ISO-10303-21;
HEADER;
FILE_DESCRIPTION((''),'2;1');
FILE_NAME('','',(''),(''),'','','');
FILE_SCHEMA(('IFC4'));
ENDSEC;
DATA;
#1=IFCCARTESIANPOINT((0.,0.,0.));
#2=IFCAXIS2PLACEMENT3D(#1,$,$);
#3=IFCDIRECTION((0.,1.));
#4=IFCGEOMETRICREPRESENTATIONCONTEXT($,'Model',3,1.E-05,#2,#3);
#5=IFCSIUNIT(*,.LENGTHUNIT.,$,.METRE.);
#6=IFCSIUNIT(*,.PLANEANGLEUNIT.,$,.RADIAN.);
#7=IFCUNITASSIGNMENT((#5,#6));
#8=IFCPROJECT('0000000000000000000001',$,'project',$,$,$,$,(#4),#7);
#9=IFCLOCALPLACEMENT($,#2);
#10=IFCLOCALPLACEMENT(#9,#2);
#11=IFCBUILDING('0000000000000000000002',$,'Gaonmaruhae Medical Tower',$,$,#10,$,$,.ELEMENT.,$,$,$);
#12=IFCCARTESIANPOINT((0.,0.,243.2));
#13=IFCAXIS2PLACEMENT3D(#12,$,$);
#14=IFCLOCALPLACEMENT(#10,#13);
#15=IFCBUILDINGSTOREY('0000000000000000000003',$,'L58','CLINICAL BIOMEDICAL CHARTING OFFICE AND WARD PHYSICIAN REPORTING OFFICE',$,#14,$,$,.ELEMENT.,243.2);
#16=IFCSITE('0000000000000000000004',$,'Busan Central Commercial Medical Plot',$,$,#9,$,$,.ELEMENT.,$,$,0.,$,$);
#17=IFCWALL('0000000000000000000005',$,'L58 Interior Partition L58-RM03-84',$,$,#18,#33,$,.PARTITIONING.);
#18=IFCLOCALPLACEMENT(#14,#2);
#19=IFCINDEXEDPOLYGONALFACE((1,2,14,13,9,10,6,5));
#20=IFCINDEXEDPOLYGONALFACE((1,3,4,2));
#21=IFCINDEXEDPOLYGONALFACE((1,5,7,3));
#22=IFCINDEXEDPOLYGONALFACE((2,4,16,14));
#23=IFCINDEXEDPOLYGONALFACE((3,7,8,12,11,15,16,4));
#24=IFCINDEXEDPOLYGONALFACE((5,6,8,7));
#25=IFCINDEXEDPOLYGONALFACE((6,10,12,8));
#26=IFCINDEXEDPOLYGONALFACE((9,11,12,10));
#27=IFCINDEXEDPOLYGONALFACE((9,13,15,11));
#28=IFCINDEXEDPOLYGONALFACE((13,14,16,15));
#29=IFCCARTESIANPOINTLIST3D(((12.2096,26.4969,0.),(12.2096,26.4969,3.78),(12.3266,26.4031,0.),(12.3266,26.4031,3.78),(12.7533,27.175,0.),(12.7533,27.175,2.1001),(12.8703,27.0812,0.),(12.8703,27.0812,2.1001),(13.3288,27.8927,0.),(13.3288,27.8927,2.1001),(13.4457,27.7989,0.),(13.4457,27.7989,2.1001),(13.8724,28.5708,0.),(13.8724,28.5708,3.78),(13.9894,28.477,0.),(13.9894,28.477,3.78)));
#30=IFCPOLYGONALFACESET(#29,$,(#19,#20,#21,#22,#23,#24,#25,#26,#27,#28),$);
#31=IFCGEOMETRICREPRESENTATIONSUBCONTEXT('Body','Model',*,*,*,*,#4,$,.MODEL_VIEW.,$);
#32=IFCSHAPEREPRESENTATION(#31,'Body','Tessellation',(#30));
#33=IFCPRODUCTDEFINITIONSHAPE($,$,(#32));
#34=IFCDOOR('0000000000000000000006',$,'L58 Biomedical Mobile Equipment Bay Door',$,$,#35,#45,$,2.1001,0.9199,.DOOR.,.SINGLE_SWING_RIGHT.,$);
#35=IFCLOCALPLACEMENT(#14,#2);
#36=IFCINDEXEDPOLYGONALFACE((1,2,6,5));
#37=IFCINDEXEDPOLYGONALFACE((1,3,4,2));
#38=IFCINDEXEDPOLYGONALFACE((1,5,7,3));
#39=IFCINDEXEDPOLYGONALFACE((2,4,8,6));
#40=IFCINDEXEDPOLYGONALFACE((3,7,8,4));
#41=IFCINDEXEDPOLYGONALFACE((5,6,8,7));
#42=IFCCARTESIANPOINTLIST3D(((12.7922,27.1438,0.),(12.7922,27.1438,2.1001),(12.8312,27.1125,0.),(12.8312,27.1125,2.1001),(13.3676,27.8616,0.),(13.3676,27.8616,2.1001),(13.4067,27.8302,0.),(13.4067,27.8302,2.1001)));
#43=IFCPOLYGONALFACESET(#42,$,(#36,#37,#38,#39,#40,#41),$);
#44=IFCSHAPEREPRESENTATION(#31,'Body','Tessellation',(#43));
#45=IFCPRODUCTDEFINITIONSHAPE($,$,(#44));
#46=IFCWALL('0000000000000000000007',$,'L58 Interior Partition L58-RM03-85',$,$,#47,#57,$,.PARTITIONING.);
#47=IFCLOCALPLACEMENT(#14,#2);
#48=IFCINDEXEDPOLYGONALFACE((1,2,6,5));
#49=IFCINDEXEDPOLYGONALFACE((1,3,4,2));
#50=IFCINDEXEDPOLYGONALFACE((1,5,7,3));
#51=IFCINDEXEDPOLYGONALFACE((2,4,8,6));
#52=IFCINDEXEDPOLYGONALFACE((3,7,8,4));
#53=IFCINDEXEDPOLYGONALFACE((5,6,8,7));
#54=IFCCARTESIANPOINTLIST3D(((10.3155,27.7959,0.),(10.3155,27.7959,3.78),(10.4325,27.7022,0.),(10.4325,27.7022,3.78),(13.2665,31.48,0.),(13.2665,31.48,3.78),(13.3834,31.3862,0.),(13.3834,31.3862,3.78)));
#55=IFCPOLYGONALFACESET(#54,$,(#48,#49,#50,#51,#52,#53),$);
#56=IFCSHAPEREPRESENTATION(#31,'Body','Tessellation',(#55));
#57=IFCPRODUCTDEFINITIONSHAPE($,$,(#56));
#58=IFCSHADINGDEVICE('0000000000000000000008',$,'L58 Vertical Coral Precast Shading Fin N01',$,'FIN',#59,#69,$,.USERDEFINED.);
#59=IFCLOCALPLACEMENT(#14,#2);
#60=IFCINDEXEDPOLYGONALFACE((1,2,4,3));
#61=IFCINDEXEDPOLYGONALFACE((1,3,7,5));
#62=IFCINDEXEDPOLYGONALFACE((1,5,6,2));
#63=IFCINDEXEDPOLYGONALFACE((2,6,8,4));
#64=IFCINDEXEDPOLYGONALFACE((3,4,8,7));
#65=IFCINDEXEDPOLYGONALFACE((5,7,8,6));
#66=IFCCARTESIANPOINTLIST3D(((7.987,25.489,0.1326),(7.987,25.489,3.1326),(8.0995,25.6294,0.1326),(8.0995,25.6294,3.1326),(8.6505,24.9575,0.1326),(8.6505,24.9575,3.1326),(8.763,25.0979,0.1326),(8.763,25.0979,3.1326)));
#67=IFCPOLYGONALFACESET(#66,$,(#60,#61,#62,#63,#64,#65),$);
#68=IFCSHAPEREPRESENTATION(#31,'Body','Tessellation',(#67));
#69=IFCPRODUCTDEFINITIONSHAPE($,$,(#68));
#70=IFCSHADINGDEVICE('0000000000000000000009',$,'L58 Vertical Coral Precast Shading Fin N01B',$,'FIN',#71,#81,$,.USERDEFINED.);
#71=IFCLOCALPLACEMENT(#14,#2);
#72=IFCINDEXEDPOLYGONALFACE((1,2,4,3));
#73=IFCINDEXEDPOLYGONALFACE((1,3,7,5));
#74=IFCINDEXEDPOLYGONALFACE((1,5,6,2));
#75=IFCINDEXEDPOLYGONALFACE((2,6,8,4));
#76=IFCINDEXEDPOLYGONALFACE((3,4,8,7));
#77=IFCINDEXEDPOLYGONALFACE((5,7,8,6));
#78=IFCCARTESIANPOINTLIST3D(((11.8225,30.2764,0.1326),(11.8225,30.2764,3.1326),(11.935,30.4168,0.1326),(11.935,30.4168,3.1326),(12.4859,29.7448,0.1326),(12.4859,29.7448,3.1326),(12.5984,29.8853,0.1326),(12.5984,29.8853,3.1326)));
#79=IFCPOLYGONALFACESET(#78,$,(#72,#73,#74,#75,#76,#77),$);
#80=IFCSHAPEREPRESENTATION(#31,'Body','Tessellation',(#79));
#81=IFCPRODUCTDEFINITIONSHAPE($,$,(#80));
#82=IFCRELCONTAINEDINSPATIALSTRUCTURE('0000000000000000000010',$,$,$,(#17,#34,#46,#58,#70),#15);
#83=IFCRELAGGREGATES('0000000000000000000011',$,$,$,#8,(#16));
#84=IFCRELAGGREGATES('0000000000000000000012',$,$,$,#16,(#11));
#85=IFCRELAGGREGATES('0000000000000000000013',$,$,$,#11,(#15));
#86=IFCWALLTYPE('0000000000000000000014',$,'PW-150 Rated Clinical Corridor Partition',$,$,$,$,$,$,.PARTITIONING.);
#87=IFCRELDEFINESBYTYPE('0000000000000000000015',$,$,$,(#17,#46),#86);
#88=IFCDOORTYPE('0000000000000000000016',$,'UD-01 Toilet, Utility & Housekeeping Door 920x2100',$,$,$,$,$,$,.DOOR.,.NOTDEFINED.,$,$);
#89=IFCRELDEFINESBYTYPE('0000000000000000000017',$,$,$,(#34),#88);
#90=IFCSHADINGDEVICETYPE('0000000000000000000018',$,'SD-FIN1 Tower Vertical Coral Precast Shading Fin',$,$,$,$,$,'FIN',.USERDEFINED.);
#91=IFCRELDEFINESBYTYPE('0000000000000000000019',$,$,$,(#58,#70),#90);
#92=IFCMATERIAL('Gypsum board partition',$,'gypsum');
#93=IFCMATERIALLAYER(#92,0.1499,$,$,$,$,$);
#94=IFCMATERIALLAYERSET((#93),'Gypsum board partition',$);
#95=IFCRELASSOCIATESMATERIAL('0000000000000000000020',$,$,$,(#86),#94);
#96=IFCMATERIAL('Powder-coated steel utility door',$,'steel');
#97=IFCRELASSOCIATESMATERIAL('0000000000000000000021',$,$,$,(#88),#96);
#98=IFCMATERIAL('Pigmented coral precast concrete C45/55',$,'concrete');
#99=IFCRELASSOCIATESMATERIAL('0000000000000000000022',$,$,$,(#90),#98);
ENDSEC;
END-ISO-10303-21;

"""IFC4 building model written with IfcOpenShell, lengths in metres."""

from ifc_helpers import new_model, si_unit, direction, frame, frame_2d, origin, origin_2d, place, context, subcontext, project, spatial, rectangle, extrude, material, layer, layer_set, type_object, element, fill, save


model = new_model("IFC4")

# Units and contexts
model_context = context("Model", 3, precision=1e-05, world=origin(), true_north=direction((0.0, 1.0)))
body_context = subcontext(model_context, "Body", "Model", "MODEL_VIEW")
ifc_project = project(units=[si_unit("LENGTHUNIT", "METRE"), si_unit("PLANEANGLEUNIT", "RADIAN")], contexts=[model_context])

# Site, building, storey
site_placement = place(None, origin())
site = spatial("IfcSite", under=ifc_project, at=site_placement, Name="Busan Central Commercial Medical Plot", CompositionType="ELEMENT", RefElevation=0.0)
building_placement = place(site_placement, origin())
building = spatial("IfcBuilding", under=site, at=building_placement, Name="Gaonmaruhae Medical Tower", CompositionType="ELEMENT")
storey_placement = place(building_placement, frame((0.0, 0.0, 243.2)))
storey = spatial("IfcBuildingStorey", under=building, at=storey_placement, Name="L58", Description="CLINICAL BIOMEDICAL CHARTING OFFICE AND WARD PHYSICIAN REPORTING OFFICE", CompositionType="ELEMENT", Elevation=243.2)

# Shared definitions
ifc_material_1 = material(Name="Gypsum board partition", Category="gypsum")
ifc_layer_1 = layer(ifc_material_1, 0.1499)
ifc_layer_set_1 = layer_set([ifc_layer_1], Name="Gypsum board partition")
wall_type_1 = type_object("IfcWallType", Name="PW-150 Rated Clinical Corridor Partition", PredefinedType="PARTITIONING", material=ifc_layer_set_1)

# Wall, opening, door
wall_1_placement = place(storey_placement, frame((13.9309, 28.5239, 0.0), z_axis=(0.0, 0.0, 1.0), x_axis=(-0.625535, -0.780196, 0.0)))
wall_1 = element("IfcWall", 1, at=wall_1_placement, inside=storey, type_object=wall_type_1, Name="L58 Interior Partition L58-RM03-84", PredefinedType="PARTITIONING", context=body_context, shape_type="SweptSolid", body=[
    extrude(rectangle(XDim=2.6582, YDim=0.1499, at=frame_2d((1.3291, 0.0))), origin(), (0.0, 0.0, 1.0), 3.78),
])
opening_1_placement = place(wall_1_placement, frame((0.8691, 0.0, 0.0)))
opening_1 = element("IfcOpeningElement", 2, at=opening_1_placement, cuts=wall_1, PredefinedType="OPENING", context=body_context, shape_type="SweptSolid", body=[
    extrude(rectangle(XDim=0.9199, YDim=2.1001, at=frame_2d((0.46, 1.05))), frame((0.0, 0.085, 0.0), z_axis=(0.0, -1.0, 0.0), x_axis=(1.0, 0.0, 0.0)), (0.0, 0.0, 1.0), 0.1699),
])
ifc_material_2 = material(Name="Powder-coated steel utility door", Category="steel")
door_type_1 = type_object("IfcDoorType", Name="UD-01 Toilet, Utility & Housekeeping Door 920x2100", OperationType="NOTDEFINED", PredefinedType="DOOR", material=ifc_material_2)
door_1_placement = place(opening_1_placement, origin())
door_1 = element("IfcDoor", 3, at=door_1_placement, inside=storey, type_object=door_type_1, Name="L58 Biomedical Mobile Equipment Bay Door", OperationType="SINGLE_SWING_RIGHT", OverallHeight=2.1001, OverallWidth=0.9199, PredefinedType="DOOR", context=body_context, shape_type="SweptSolid", body=[
    extrude(rectangle(XDim=0.9199, YDim=2.1001, at=frame_2d((0.46, 1.05))), frame((0.0, 0.0249, 0.0), z_axis=(0.0, -1.0, 0.0), x_axis=(1.0, 0.0, 0.0)), (0.0, 0.0, 1.0), 0.05),
])
fill(opening_1, door_1)

# Wall
wall_2_placement = place(storey_placement, frame((10.374, 27.749, 0.0), z_axis=(0.0, 0.0, 1.0), x_axis=(0.625168, 0.78049, 0.0)))
element("IfcWall", 4, at=wall_2_placement, inside=storey, type_object=wall_type_1, Name="L58 Interior Partition L58-RM03-85", PredefinedType="PARTITIONING", context=body_context, shape_type="SweptSolid", body=[
    extrude(rectangle(XDim=4.7202, YDim=0.1499, at=frame_2d((2.3601, 0.0))), origin(), (0.0, 0.0, 1.0), 3.78),
])

# Shading devices
ifc_material_3 = material(Name="Pigmented coral precast concrete C45/55", Category="concrete")
shading_device_type = type_object("IfcShadingDeviceType", Name="SD-FIN1 Tower Vertical Coral Precast Shading Fin", ElementType="FIN", PredefinedType="USERDEFINED", material=ifc_material_3)
for number, where, z_axis, x_axis, name in (
    (5, (8.375, 25.2935, 0.1326), (0.0, 0.0, 1.0), (0.625243, 0.78043, 0.0), "L58 Vertical Coral Precast Shading Fin N01"),
    (6, (12.2104, 30.0808, 0.1326), (0.0, 0.0, 1.0), (0.625243, 0.78043, 0.0), "L58 Vertical Coral Precast Shading Fin N01B"),
):
    element("IfcShadingDevice", number, at=place(storey_placement, frame(where, z_axis=z_axis, x_axis=x_axis)), inside=storey, type_object=shading_device_type, Name=name, ObjectType="FIN", PredefinedType="USERDEFINED", context=body_context, shape_type="SweptSolid", body=[
        extrude(rectangle(XDim=0.1799, YDim=0.8501, at=origin_2d()), origin(), (0.0, 0.0, 1.0), 3.0),
    ])

save(model, "model.ifc")
